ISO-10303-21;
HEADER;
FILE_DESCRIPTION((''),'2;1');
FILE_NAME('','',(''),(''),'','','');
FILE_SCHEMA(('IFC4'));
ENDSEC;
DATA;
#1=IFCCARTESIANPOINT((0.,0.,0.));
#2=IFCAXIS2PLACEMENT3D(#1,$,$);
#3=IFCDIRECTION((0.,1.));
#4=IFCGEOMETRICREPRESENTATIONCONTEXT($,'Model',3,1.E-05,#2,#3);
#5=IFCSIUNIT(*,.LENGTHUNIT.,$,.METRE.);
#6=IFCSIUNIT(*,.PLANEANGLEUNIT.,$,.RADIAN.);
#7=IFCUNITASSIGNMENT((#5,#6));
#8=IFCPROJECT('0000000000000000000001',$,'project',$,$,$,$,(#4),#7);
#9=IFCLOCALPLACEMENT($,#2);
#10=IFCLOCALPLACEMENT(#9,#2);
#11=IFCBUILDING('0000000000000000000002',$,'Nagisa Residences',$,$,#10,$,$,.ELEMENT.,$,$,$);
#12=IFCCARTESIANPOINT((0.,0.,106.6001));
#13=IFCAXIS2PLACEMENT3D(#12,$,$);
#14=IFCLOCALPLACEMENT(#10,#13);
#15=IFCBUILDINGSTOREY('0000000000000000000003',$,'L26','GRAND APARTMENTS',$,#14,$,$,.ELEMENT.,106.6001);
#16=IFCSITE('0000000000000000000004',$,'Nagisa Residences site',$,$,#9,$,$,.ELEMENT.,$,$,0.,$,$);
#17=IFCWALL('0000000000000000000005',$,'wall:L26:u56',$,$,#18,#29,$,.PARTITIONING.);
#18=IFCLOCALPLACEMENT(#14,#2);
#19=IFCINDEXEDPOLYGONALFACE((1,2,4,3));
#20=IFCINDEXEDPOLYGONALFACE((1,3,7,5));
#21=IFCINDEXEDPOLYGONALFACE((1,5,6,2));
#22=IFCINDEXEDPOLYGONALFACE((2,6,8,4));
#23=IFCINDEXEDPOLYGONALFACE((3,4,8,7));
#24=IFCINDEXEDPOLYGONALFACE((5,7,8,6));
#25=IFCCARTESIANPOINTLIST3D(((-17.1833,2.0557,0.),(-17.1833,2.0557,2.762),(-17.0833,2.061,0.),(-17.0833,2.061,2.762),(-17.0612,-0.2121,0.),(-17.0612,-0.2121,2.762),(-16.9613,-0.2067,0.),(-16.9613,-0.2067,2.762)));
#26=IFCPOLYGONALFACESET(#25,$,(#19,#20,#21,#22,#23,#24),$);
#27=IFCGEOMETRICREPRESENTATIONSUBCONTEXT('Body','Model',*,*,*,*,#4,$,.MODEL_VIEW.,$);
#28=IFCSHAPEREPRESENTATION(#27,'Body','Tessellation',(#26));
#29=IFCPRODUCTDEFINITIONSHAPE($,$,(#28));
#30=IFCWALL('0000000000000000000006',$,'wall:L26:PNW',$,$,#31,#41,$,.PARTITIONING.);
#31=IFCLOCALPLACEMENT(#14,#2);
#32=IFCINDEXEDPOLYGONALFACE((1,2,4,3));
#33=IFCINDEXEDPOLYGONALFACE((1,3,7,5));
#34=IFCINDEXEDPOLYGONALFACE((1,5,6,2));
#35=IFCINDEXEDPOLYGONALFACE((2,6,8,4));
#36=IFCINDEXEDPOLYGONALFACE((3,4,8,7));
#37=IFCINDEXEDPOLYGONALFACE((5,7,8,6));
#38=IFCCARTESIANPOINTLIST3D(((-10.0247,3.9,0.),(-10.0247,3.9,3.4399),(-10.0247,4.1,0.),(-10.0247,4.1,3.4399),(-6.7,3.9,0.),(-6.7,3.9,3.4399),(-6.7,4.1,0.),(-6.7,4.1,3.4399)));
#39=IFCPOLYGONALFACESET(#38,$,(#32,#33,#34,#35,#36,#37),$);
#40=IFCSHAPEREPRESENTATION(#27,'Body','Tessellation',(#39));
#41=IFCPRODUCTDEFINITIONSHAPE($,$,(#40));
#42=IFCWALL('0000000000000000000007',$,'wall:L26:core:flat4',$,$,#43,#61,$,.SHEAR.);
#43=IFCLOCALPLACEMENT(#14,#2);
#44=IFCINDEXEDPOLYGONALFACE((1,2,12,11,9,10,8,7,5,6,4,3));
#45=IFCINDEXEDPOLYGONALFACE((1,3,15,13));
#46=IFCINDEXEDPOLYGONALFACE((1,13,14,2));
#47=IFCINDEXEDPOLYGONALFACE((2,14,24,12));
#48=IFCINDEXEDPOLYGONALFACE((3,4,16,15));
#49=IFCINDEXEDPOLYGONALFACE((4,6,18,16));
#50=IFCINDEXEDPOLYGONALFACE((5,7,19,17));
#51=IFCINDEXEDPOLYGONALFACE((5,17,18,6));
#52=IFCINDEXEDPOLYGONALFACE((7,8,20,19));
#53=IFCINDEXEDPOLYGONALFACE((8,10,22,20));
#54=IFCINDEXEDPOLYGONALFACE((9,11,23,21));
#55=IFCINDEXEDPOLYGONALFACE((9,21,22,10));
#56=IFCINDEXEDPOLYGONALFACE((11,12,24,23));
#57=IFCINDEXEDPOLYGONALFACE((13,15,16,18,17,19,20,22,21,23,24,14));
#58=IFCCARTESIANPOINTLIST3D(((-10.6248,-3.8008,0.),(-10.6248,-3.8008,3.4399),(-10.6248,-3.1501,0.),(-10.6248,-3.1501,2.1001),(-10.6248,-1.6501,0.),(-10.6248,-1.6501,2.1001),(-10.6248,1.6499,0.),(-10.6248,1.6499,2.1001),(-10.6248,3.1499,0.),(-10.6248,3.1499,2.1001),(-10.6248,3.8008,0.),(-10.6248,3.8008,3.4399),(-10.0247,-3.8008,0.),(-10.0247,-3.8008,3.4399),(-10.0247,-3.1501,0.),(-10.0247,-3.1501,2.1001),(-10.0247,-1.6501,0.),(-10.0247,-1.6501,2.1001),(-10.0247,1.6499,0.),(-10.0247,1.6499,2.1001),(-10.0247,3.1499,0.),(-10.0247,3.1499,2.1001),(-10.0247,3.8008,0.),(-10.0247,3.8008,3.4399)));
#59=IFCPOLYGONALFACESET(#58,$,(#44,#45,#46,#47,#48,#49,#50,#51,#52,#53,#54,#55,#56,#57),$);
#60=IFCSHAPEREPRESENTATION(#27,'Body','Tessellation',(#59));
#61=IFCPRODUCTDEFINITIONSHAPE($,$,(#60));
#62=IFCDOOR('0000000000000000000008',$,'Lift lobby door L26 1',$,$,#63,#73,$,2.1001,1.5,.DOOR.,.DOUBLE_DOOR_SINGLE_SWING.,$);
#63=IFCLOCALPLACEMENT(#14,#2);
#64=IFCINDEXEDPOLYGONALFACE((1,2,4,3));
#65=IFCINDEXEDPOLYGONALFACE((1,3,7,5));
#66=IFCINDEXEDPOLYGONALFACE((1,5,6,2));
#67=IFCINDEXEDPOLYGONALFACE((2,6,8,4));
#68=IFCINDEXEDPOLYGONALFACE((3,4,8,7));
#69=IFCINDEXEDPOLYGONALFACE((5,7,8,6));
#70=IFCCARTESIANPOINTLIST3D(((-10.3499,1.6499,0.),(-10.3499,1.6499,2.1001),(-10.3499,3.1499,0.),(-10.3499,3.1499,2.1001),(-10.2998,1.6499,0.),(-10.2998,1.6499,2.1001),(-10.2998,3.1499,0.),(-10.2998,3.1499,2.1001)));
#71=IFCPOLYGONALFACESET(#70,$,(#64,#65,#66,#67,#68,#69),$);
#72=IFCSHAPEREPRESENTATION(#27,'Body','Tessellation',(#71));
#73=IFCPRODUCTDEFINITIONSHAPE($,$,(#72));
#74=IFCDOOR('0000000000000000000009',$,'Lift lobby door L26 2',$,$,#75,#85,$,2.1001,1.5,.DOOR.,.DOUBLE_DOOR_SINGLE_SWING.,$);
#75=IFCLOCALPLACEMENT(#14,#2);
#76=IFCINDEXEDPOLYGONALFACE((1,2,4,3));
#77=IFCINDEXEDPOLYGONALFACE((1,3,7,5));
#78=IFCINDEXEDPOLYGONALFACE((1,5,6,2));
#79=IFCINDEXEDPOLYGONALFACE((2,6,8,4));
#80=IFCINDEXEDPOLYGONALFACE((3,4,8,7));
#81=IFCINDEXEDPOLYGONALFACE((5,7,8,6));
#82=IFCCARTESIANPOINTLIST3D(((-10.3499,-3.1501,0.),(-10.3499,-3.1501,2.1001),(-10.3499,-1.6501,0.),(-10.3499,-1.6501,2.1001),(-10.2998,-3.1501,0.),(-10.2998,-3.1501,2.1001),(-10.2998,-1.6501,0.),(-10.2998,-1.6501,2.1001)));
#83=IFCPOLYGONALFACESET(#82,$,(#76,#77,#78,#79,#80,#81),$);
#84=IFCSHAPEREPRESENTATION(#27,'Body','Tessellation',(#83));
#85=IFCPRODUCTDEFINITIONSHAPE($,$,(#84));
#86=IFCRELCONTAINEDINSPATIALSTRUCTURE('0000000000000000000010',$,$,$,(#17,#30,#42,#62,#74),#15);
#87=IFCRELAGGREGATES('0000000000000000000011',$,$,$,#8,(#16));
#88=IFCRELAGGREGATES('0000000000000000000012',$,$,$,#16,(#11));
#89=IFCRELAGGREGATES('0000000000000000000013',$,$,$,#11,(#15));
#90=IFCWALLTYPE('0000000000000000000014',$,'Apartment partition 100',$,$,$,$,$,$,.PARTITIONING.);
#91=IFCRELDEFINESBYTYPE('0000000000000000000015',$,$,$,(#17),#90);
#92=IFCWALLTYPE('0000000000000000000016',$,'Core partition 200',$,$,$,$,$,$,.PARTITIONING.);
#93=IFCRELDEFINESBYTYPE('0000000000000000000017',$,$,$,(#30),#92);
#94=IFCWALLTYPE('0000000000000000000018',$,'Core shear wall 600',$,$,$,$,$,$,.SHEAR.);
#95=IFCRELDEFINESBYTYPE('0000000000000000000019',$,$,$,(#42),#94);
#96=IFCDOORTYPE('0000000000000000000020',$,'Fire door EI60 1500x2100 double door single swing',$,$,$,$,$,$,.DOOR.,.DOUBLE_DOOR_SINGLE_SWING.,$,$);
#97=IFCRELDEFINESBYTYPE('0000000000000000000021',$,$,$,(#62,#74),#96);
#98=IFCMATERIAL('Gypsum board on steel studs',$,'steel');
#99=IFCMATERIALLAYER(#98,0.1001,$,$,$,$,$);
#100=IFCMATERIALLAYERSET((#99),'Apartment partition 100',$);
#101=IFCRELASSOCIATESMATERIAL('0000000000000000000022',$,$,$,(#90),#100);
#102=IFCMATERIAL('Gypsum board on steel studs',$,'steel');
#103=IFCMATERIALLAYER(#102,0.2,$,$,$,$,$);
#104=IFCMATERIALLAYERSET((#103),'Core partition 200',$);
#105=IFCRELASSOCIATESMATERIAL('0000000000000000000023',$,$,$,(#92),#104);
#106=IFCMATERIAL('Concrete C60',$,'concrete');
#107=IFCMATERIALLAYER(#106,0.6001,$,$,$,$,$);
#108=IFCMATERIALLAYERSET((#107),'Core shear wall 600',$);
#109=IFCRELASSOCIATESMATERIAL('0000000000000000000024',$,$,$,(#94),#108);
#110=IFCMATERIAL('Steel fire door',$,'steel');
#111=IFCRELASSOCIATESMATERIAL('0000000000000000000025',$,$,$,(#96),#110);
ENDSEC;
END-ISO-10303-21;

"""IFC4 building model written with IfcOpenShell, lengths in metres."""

from ifc_helpers import new_model, si_unit, direction, frame, frame_2d, origin, place, context, subcontext, project, spatial, rectangle, extrude, material, layer, layer_set, type_object, element, fill, save


model = new_model("IFC4")

# Units and contexts
model_context = context("Model", 3, precision=1e-05, world=origin(), true_north=direction((0.0, 1.0)))
body_context = subcontext(model_context, "Body", "Model", "MODEL_VIEW")
ifc_project = project(units=[si_unit("LENGTHUNIT", "METRE"), si_unit("PLANEANGLEUNIT", "RADIAN")], contexts=[model_context])

# Site, building, storey
site_placement = place(None, origin())
site = spatial("IfcSite", under=ifc_project, at=site_placement, Name="Nagisa Residences site", CompositionType="ELEMENT", RefElevation=0.0)
building_placement = place(site_placement, origin())
building = spatial("IfcBuilding", under=site, at=building_placement, Name="Nagisa Residences", CompositionType="ELEMENT")
storey_placement = place(building_placement, frame((0.0, 0.0, 106.6001)))
storey = spatial("IfcBuildingStorey", under=building, at=storey_placement, Name="L26", Description="GRAND APARTMENTS", CompositionType="ELEMENT", Elevation=106.6001)

# Shared definitions
ifc_material_1 = material(Name="Gypsum board on steel studs", Category="steel")
ifc_layer_1 = layer(ifc_material_1, 0.1001)
ifc_layer_set_1 = layer_set([ifc_layer_1], Name="Apartment partition 100")
wall_type_1 = type_object("IfcWallType", Name="Apartment partition 100", PredefinedType="PARTITIONING", material=ifc_layer_set_1)

# Walls
wall_1_placement = place(storey_placement, frame((-17.1333, 2.0583, 0.0), z_axis=(0.0, 0.0, 1.0), x_axis=(0.053749, -0.998554, 0.0)))
element("IfcWall", 1, at=wall_1_placement, inside=storey, type_object=wall_type_1, Name="wall:L26:u56", PredefinedType="PARTITIONING", context=body_context, shape_type="SweptSolid", body=[
    extrude(rectangle(XDim=2.271, YDim=0.1001, at=frame_2d((1.1355, 0.0))), origin(), (0.0, 0.0, 1.0), 2.762),
])
ifc_material_2 = material(Name="Gypsum board on steel studs", Category="steel")
ifc_layer_2 = layer(ifc_material_2, 0.2)
ifc_layer_set_2 = layer_set([ifc_layer_2], Name="Core partition 200")
wall_type_2 = type_object("IfcWallType", Name="Core partition 200", PredefinedType="PARTITIONING", material=ifc_layer_set_2)
wall_2_placement = place(storey_placement, frame((-10.0247, 4.0, 0.0), z_axis=(0.0, 0.0, 1.0), x_axis=(1.0, 0.0, 0.0)))
element("IfcWall", 2, at=wall_2_placement, inside=storey, type_object=wall_type_2, Name="wall:L26:PNW", PredefinedType="PARTITIONING", context=body_context, shape_type="SweptSolid", body=[
    extrude(rectangle(XDim=3.3247, YDim=0.2, at=frame_2d((1.6624, 0.0))), origin(), (0.0, 0.0, 1.0), 3.4399),
])

# Wall, openings, doors
ifc_material_3 = material(Name="Concrete C60", Category="concrete")
ifc_layer_3 = layer(ifc_material_3, 0.6001)
ifc_layer_set_3 = layer_set([ifc_layer_3], Name="Core shear wall 600")
wall_type_3 = type_object("IfcWallType", Name="Core shear wall 600", PredefinedType="SHEAR", material=ifc_layer_set_3)
wall_3_placement = place(storey_placement, frame((-10.3247, 3.8008, 0.0), z_axis=(0.0, 0.0, 1.0), x_axis=(0.0, -1.0, 0.0)))
wall_3 = element("IfcWall", 3, at=wall_3_placement, inside=storey, type_object=wall_type_3, Name="wall:L26:core:flat4", PredefinedType="SHEAR", context=body_context, shape_type="SweptSolid", body=[
    extrude(rectangle(XDim=7.6016, YDim=0.6001, at=frame_2d((3.8008, 0.0))), origin(), (0.0, 0.0, 1.0), 3.4399),
])
opening_1_placement = place(wall_3_placement, frame((0.6509, 0.0, 0.0)))
opening_1 = element("IfcOpeningElement", 4, at=opening_1_placement, cuts=wall_3, PredefinedType="OPENING", context=body_context, shape_type="SweptSolid", body=[
    extrude(rectangle(XDim=1.5, YDim=2.1001, at=frame_2d((0.75, 1.05))), frame((0.0, 0.3101, 0.0), z_axis=(0.0, -1.0, 0.0), x_axis=(1.0, 0.0, 0.0)), (0.0, 0.0, 1.0), 0.6201),
])
opening_2_placement = place(wall_3_placement, frame((5.4509, 0.0, 0.0)))
opening_2 = element("IfcOpeningElement", 5, at=opening_2_placement, cuts=wall_3, PredefinedType="OPENING", context=body_context, shape_type="SweptSolid", body=[
    extrude(rectangle(XDim=1.5, YDim=2.1001, at=frame_2d((0.75, 1.05))), frame((0.0, 0.3101, 0.0), z_axis=(0.0, -1.0, 0.0), x_axis=(1.0, 0.0, 0.0)), (0.0, 0.0, 1.0), 0.6201),
])
ifc_material_4 = material(Name="Steel fire door", Category="steel")
door_type_1 = type_object("IfcDoorType", Name="Fire door EI60 1500x2100 double door single swing", OperationType="DOUBLE_DOOR_SINGLE_SWING", PredefinedType="DOOR", material=ifc_material_4)
door_1_placement = place(opening_1_placement, origin())
door_1 = element("IfcDoor", 6, at=door_1_placement, inside=storey, type_object=door_type_1, Name="Lift lobby door L26 1", OperationType="DOUBLE_DOOR_SINGLE_SWING", OverallHeight=2.1001, OverallWidth=1.5, PredefinedType="DOOR", context=body_context, shape_type="SweptSolid", body=[
    extrude(rectangle(XDim=1.5, YDim=2.1001, at=frame_2d((0.75, 1.05))), frame((0.0, 0.0249, 0.0), z_axis=(0.0, -1.0, 0.0), x_axis=(1.0, 0.0, 0.0)), (0.0, 0.0, 1.0), 0.05),
])
fill(opening_1, door_1)
door_2_placement = place(opening_2_placement, origin())
door_2 = element("IfcDoor", 7, at=door_2_placement, inside=storey, type_object=door_type_1, Name="Lift lobby door L26 2", OperationType="DOUBLE_DOOR_SINGLE_SWING", OverallHeight=2.1001, OverallWidth=1.5, PredefinedType="DOOR", context=body_context, shape_type="SweptSolid", body=[
    extrude(rectangle(XDim=1.5, YDim=2.1001, at=frame_2d((0.75, 1.05))), frame((0.0, 0.0249, 0.0), z_axis=(0.0, -1.0, 0.0), x_axis=(1.0, 0.0, 0.0)), (0.0, 0.0, 1.0), 0.05),
])
fill(opening_2, door_2)

save(model, "model.ifc")
